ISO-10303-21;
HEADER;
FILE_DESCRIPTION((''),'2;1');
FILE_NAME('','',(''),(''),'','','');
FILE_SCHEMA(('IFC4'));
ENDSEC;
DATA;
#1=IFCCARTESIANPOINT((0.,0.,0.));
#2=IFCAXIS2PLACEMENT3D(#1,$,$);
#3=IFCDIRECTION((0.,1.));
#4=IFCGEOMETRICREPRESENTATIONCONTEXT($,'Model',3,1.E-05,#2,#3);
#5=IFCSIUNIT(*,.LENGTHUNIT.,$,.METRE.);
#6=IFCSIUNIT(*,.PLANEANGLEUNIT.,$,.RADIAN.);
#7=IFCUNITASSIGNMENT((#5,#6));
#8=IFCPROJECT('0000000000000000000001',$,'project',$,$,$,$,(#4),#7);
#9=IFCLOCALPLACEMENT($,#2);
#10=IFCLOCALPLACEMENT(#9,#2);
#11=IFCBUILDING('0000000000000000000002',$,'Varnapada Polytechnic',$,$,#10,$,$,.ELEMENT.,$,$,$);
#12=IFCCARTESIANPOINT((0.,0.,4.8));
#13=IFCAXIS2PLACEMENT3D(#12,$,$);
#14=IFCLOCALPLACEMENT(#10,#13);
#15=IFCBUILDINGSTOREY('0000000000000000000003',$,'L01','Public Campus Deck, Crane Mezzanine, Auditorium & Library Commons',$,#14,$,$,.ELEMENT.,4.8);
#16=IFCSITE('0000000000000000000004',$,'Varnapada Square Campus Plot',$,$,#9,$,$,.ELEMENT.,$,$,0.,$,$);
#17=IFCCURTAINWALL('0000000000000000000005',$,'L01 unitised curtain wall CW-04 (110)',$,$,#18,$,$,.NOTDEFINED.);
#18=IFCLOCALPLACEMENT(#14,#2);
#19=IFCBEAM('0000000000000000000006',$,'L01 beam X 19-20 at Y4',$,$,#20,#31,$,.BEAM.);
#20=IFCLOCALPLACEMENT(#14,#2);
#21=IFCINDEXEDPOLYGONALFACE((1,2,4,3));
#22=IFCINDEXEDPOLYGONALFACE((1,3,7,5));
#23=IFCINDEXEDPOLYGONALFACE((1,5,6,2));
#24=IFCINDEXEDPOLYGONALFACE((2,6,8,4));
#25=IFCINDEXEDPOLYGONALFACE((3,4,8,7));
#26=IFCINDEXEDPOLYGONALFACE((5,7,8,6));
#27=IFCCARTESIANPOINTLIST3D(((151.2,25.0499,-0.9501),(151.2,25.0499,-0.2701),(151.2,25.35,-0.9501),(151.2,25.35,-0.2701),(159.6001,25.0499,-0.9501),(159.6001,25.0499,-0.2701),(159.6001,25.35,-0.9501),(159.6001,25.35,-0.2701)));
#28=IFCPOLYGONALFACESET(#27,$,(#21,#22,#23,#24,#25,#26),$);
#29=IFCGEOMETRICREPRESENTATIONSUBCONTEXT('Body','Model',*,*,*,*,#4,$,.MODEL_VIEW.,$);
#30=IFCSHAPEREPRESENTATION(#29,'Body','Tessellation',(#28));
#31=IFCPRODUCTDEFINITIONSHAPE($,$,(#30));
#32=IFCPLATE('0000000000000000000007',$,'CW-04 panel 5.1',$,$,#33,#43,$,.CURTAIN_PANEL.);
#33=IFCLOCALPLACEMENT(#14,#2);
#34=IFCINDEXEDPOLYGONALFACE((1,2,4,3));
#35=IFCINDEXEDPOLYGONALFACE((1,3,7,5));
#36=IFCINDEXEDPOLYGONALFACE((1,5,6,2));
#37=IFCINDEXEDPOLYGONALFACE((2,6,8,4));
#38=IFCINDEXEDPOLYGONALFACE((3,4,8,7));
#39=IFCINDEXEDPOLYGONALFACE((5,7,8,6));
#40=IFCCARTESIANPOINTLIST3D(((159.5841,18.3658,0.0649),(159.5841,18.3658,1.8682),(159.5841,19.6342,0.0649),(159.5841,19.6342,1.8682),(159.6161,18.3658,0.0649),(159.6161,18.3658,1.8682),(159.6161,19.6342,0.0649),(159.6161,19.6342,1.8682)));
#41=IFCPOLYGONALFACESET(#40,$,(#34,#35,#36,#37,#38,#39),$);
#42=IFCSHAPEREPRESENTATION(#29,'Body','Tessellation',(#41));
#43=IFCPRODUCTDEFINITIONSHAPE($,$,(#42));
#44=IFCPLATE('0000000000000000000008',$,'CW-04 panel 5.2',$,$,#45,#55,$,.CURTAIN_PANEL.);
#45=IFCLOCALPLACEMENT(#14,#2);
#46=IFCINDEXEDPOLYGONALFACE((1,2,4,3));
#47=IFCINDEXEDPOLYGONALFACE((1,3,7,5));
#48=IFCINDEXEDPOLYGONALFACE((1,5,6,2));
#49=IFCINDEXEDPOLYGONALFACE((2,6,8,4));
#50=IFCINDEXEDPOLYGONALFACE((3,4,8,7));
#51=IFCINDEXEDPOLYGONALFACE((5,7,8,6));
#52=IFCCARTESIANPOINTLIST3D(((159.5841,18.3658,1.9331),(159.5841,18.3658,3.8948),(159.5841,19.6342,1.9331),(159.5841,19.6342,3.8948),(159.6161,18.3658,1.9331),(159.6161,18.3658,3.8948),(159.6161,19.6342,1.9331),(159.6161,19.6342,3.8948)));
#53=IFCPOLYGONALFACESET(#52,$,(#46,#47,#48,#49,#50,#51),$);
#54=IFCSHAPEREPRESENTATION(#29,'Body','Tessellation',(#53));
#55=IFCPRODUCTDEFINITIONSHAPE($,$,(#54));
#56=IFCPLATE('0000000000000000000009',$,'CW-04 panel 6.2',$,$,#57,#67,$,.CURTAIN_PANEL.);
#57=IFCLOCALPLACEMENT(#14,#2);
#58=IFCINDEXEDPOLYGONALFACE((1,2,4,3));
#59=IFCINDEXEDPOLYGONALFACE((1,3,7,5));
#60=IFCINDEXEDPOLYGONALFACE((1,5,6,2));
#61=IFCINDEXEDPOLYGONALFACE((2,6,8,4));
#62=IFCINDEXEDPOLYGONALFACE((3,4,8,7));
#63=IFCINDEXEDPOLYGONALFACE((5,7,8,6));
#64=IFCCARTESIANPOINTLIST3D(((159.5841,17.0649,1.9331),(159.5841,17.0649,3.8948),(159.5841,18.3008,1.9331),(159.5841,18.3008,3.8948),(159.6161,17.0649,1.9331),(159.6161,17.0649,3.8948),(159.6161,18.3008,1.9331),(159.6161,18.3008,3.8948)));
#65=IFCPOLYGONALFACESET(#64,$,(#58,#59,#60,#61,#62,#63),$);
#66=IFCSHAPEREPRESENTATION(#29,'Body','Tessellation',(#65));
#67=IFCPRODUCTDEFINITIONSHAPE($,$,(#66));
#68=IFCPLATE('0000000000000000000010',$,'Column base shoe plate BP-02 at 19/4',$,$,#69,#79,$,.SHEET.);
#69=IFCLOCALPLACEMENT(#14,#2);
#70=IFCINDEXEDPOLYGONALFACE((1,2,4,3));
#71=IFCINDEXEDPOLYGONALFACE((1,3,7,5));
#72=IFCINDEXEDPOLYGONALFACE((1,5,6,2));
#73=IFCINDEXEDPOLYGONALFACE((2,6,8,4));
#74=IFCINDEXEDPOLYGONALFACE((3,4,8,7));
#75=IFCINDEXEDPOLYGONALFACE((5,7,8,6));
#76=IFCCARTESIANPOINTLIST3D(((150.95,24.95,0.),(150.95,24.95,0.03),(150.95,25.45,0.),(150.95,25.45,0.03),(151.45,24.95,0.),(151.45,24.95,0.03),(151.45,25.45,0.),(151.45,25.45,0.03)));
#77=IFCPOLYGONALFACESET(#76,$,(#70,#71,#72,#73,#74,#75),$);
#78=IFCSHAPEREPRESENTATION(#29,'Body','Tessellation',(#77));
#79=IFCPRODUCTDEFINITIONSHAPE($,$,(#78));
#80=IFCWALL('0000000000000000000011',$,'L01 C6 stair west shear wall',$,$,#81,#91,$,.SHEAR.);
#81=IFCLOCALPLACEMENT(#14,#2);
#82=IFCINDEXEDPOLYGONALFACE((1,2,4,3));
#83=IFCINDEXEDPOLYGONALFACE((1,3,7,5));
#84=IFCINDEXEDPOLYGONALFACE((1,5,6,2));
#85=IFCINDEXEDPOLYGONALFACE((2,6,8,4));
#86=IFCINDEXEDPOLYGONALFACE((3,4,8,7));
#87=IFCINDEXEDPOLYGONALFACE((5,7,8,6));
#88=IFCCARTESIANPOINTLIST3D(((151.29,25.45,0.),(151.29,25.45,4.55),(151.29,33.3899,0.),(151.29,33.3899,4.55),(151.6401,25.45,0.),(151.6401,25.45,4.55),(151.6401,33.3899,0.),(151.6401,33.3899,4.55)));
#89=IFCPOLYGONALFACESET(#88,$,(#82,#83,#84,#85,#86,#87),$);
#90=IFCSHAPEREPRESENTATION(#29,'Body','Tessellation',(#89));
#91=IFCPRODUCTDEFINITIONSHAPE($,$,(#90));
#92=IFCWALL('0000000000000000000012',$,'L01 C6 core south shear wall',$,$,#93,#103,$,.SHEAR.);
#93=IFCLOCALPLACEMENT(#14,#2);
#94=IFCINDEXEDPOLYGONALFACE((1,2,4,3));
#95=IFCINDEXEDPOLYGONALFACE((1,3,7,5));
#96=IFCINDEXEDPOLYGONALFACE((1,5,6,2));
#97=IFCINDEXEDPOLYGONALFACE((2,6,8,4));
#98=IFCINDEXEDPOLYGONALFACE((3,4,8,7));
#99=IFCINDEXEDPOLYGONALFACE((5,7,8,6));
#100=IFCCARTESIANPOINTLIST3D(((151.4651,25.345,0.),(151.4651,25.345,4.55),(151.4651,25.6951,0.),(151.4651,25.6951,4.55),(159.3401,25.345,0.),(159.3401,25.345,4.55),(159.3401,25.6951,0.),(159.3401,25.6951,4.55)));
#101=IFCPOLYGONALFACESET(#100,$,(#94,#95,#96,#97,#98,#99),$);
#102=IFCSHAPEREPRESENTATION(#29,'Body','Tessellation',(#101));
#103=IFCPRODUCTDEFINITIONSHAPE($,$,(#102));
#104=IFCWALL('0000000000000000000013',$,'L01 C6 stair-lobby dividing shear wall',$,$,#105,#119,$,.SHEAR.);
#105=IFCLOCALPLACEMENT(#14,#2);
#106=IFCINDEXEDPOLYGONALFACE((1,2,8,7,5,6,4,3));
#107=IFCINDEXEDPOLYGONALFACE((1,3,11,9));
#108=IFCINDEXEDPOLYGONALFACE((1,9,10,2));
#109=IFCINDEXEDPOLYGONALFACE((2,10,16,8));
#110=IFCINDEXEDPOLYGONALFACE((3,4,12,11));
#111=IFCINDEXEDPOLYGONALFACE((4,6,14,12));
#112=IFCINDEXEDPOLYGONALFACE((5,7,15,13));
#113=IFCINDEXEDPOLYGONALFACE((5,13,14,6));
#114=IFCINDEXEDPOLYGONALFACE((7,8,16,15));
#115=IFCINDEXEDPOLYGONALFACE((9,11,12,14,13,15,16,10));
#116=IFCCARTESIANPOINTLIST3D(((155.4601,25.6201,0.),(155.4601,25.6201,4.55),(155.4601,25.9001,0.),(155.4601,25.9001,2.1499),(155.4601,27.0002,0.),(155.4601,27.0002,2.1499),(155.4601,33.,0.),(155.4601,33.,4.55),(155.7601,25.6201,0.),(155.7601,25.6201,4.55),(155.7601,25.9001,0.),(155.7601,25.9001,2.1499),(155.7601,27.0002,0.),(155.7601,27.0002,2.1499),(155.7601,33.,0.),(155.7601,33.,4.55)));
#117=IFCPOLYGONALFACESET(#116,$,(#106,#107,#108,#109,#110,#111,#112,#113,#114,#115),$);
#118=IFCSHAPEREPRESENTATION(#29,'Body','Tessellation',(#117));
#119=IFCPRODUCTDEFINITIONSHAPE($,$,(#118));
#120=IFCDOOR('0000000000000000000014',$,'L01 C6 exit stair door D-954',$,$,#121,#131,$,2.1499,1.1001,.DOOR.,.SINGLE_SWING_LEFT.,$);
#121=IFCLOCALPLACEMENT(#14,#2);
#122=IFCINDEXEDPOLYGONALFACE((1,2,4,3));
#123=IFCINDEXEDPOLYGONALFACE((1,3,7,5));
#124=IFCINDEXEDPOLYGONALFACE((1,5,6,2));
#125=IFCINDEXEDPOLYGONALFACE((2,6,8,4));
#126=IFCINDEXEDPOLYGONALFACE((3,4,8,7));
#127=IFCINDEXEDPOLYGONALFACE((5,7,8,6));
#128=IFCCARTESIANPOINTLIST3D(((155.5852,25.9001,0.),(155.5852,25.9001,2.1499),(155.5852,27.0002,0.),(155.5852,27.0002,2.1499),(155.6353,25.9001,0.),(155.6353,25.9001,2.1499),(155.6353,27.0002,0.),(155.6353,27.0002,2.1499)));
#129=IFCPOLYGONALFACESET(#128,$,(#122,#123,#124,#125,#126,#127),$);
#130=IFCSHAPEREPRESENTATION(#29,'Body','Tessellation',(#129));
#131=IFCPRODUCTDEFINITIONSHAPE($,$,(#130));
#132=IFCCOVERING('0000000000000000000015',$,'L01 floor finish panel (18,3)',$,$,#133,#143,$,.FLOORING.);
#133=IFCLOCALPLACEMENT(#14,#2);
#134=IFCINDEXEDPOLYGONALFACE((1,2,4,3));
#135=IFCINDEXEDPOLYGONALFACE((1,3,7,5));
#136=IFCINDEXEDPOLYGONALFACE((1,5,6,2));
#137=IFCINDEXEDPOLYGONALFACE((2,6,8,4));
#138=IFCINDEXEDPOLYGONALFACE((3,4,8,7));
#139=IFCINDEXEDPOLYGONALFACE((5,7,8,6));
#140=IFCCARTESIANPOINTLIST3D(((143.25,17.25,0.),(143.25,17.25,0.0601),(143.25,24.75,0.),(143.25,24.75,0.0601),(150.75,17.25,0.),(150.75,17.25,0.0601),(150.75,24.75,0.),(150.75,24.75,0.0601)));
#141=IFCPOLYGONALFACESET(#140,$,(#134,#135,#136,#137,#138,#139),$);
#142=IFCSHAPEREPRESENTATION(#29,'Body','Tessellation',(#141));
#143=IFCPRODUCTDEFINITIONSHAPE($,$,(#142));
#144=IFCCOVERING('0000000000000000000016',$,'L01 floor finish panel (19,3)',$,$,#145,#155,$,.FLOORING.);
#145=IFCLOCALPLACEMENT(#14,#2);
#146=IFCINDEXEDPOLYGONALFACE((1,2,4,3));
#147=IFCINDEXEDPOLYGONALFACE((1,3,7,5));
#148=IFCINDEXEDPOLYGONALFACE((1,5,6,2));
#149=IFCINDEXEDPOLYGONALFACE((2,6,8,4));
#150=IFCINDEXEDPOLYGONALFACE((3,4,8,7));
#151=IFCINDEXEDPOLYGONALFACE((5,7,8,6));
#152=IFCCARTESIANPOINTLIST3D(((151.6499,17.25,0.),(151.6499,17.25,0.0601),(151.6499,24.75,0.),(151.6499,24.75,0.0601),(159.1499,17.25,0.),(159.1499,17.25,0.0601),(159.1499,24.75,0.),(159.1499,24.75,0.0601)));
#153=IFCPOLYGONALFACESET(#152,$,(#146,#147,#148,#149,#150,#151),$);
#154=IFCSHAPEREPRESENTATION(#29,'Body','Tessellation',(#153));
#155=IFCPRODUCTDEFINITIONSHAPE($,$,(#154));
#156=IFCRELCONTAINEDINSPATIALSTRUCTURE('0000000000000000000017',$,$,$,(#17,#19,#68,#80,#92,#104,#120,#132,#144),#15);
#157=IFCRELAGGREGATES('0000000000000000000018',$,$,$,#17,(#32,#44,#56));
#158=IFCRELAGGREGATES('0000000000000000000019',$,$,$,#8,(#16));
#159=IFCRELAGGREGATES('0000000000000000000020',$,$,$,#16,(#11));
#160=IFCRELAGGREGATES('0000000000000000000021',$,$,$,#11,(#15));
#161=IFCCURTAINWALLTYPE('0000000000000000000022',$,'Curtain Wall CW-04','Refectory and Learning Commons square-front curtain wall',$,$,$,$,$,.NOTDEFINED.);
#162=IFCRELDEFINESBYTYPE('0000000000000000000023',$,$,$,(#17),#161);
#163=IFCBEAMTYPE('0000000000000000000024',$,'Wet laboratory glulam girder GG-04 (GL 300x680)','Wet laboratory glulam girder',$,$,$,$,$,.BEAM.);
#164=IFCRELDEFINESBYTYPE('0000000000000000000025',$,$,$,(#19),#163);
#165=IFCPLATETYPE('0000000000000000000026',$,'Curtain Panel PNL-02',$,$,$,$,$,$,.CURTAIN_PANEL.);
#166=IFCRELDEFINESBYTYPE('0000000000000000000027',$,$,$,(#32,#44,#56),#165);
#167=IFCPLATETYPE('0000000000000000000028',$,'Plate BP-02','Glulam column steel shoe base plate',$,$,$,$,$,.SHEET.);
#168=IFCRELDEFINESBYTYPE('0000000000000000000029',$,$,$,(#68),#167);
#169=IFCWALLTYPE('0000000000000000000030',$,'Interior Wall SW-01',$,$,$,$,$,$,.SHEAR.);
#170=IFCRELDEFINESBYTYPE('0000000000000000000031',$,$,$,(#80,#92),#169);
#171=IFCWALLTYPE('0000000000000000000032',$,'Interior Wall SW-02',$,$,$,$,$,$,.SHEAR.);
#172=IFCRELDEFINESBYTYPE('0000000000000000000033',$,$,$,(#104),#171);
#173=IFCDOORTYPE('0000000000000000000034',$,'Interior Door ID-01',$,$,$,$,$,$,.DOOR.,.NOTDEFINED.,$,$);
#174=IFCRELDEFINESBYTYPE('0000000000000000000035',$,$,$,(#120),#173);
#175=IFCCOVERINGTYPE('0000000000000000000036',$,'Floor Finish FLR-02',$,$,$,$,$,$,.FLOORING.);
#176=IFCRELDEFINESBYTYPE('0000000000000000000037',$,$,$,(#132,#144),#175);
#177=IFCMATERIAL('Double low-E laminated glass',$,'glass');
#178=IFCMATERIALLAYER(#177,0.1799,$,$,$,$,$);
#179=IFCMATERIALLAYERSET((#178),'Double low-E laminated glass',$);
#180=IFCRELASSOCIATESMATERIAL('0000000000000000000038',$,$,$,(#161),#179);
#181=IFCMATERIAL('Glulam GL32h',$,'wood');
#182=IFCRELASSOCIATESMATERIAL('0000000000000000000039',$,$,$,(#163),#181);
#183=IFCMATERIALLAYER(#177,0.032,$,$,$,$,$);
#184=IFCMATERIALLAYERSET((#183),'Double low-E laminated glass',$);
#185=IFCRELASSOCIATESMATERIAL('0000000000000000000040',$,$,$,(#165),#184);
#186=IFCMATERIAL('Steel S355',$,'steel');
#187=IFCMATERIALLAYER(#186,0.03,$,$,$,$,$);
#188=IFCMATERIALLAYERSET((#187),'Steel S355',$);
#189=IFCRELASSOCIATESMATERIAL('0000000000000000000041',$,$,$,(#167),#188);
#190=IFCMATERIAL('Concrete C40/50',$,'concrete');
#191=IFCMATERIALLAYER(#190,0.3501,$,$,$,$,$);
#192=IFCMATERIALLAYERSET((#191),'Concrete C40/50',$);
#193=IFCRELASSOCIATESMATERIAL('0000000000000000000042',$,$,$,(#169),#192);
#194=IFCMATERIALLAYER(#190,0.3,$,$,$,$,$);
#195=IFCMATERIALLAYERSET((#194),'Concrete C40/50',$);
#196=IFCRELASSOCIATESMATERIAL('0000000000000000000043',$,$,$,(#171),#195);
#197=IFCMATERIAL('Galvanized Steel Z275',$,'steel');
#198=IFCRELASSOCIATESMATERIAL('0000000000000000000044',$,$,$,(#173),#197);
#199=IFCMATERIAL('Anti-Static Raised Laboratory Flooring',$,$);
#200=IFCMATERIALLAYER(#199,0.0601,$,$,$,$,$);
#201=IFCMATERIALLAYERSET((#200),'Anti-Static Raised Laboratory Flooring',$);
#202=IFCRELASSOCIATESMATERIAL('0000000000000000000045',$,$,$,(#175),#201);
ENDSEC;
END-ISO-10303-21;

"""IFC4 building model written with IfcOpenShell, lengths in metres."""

from ifc_helpers import new_model, si_unit, direction, frame, frame_2d, origin, origin_2d, place, context, subcontext, project, spatial, rectangle, extrude, material, layer, layer_set, material_profile, profile_set, type_object, element, fill, aggregate, save


model = new_model("IFC4")

# Units and contexts
model_context = context("Model", 3, precision=1e-05, world=origin(), true_north=direction((0.0, 1.0)))
body_context = subcontext(model_context, "Body", "Model", "MODEL_VIEW")
ifc_project = project(units=[si_unit("LENGTHUNIT", "METRE"), si_unit("PLANEANGLEUNIT", "RADIAN")], contexts=[model_context])

# Site, building, storey
site_placement = place(None, origin())
site = spatial("IfcSite", under=ifc_project, at=site_placement, Name="Varnapada Square Campus Plot", CompositionType="ELEMENT", RefElevation=0.0)
building_placement = place(site_placement, origin())
building = spatial("IfcBuilding", under=site, at=building_placement, Name="Varnapada Polytechnic", CompositionType="ELEMENT")
storey_placement = place(building_placement, frame((0.0, 0.0, 4.8)))
storey = spatial("IfcBuildingStorey", under=building, at=storey_placement, Name="L01", Description="Public Campus Deck, Crane Mezzanine, Auditorium & Library Commons", CompositionType="ELEMENT", Elevation=4.8)

# Shared definitions
ifc_material_1 = material(Name="Glulam GL32h", Category="wood")

# Curtain wall
ifc_material_2 = material(Name="Double low-E laminated glass", Category="glass")
ifc_layer_1 = layer(ifc_material_2, 0.1799)
ifc_layer_set_1 = layer_set([ifc_layer_1], Name="Double low-E laminated glass")
curtain_wall_type = type_object("IfcCurtainWallType", Name="Curtain Wall CW-04", Description="Refectory and Learning Commons square-front curtain wall", PredefinedType="NOTDEFINED", material=ifc_layer_set_1)
curtain_wall_placement = place(storey_placement, origin())
curtain_wall = element("IfcCurtainWall", 1, at=curtain_wall_placement, inside=storey, type_object=curtain_wall_type, Name="L01 unitised curtain wall CW-04 (110)", PredefinedType="NOTDEFINED")

# Shared definitions
ifc_material_3 = material(Name="Concrete C40/50", Category="concrete")

# Beam
ifc_material_profile_1 = material_profile(ifc_material_1, rectangle(XDim=0.3, YDim=0.6799, at=origin_2d()), Name="GL 300x680")
ifc_profile_set_1 = profile_set([ifc_material_profile_1], Name="Glulam GL32h")
beam_type_1 = type_object("IfcBeamType", Name="Wet laboratory glulam girder GG-04 (GL 300x680)", Description="Wet laboratory glulam girder", PredefinedType="BEAM", material=ifc_profile_set_1)
beam_1_placement = place(storey_placement, frame((151.2, 25.2, -0.6101), z_axis=(1.0, 0.0, 0.0), x_axis=(0.0, 1.0, 0.0)))
element("IfcBeam", 2, at=beam_1_placement, inside=storey, type_object=beam_type_1, Name="L01 beam X 19-20 at Y4", PredefinedType="BEAM", context=body_context, shape_type="SweptSolid", body=[
    extrude(rectangle(XDim=0.3, YDim=0.6799, at=origin_2d()), origin(), (0.0, 0.0, 1.0), 8.4001),
])

# Plates
ifc_layer_2 = layer(ifc_material_2, 0.032)
ifc_layer_set_2 = layer_set([ifc_layer_2], Name="Double low-E laminated glass")
plate_type_1 = type_object("IfcPlateType", Name="Curtain Panel PNL-02", PredefinedType="CURTAIN_PANEL", material=ifc_layer_set_2)
plate_1_placement = place(storey_placement, frame((159.6001, 19.0, 0.0649), z_axis=(0.0, 0.0, 1.0), x_axis=(0.0, -1.0, 0.0)))
plate_1 = element("IfcPlate", 3, at=plate_1_placement, type_object=plate_type_1, Name="CW-04 panel 5.1", PredefinedType="CURTAIN_PANEL", context=body_context, shape_type="SweptSolid", body=[
    extrude(rectangle(XDim=1.2683, YDim=0.032, at=origin_2d()), origin(), (0.0, 0.0, 1.0), 1.8032),
])
plate_2_placement = place(storey_placement, frame((159.6001, 19.0, 1.9331), z_axis=(0.0, 0.0, 1.0), x_axis=(0.0, -1.0, 0.0)))
plate_2 = element("IfcPlate", 4, at=plate_2_placement, type_object=plate_type_1, Name="CW-04 panel 5.2", PredefinedType="CURTAIN_PANEL", context=body_context, shape_type="SweptSolid", body=[
    extrude(rectangle(XDim=1.2683, YDim=0.032, at=origin_2d()), origin(), (0.0, 0.0, 1.0), 1.9617),
])
plate_3_placement = place(storey_placement, frame((159.6001, 17.6829, 1.9331), z_axis=(0.0, 0.0, 1.0), x_axis=(0.0, -1.0, 0.0)))
plate_3 = element("IfcPlate", 5, at=plate_3_placement, type_object=plate_type_1, Name="CW-04 panel 6.2", PredefinedType="CURTAIN_PANEL", context=body_context, shape_type="SweptSolid", body=[
    extrude(rectangle(XDim=1.2358, YDim=0.032, at=origin_2d()), origin(), (0.0, 0.0, 1.0), 1.9617),
])
aggregate(curtain_wall, [plate_1, plate_2, plate_3])
ifc_material_4 = material(Name="Steel S355", Category="steel")
ifc_layer_3 = layer(ifc_material_4, 0.03)
ifc_layer_set_3 = layer_set([ifc_layer_3], Name="Steel S355")
plate_type_2 = type_object("IfcPlateType", Name="Plate BP-02", Description="Glulam column steel shoe base plate", PredefinedType="SHEET", material=ifc_layer_set_3)
plate_4_placement = place(storey_placement, frame((151.2, 25.2, 0.0), z_axis=(0.0, 0.0, 1.0), x_axis=(1.0, 0.0, 0.0)))
element("IfcPlate", 6, at=plate_4_placement, inside=storey, type_object=plate_type_2, Name="Column base shoe plate BP-02 at 19/4", PredefinedType="SHEET", context=body_context, shape_type="SweptSolid", body=[
    extrude(rectangle(XDim=0.5, YDim=0.5, at=origin_2d()), origin(), (0.0, 0.0, 1.0), 0.03),
])

# Walls
ifc_layer_4 = layer(ifc_material_3, 0.3501)
ifc_layer_set_4 = layer_set([ifc_layer_4], Name="Concrete C40/50")
wall_type_1 = type_object("IfcWallType", Name="Interior Wall SW-01", PredefinedType="SHEAR", material=ifc_layer_set_4)
wall_1_placement = place(storey_placement, frame((151.4651, 25.45, 0.0), z_axis=(0.0, 0.0, 1.0), x_axis=(0.0, 1.0, 0.0)))
element("IfcWall", 7, at=wall_1_placement, inside=storey, type_object=wall_type_1, Name="L01 C6 stair west shear wall", PredefinedType="SHEAR", context=body_context, shape_type="SweptSolid", body=[
    extrude(rectangle(XDim=7.9399, YDim=0.3501, at=frame_2d((3.97, 0.0))), origin(), (0.0, 0.0, 1.0), 4.55),
])
wall_2_placement = place(storey_placement, frame((159.3401, 25.52, 0.0), z_axis=(0.0, 0.0, 1.0), x_axis=(-1.0, 0.0, 0.0)))
element("IfcWall", 8, at=wall_2_placement, inside=storey, type_object=wall_type_1, Name="L01 C6 core south shear wall", PredefinedType="SHEAR", context=body_context, shape_type="SweptSolid", body=[
    extrude(rectangle(XDim=7.875, YDim=0.3501, at=frame_2d((3.9375, 0.0))), origin(), (0.0, 0.0, 1.0), 4.55),
])

# Wall, opening, door
ifc_layer_5 = layer(ifc_material_3, 0.3)
ifc_layer_set_5 = layer_set([ifc_layer_5], Name="Concrete C40/50")
wall_type_2 = type_object("IfcWallType", Name="Interior Wall SW-02", PredefinedType="SHEAR", material=ifc_layer_set_5)
wall_3_placement = place(storey_placement, frame((155.6101, 25.6201, 0.0), z_axis=(0.0, 0.0, 1.0), x_axis=(0.0, 1.0, 0.0)))
wall_3 = element("IfcWall", 9, at=wall_3_placement, inside=storey, type_object=wall_type_2, Name="L01 C6 stair-lobby dividing shear wall", PredefinedType="SHEAR", context=body_context, shape_type="SweptSolid", body=[
    extrude(rectangle(XDim=7.3799, YDim=0.3, at=frame_2d((3.6899, 0.0))), origin(), (0.0, 0.0, 1.0), 4.55),
])
opening_placement = place(wall_3_placement, frame((0.28, 0.0, 0.0)))
opening = element("IfcOpeningElement", 10, at=opening_placement, cuts=wall_3, PredefinedType="OPENING", context=body_context, shape_type="SweptSolid", body=[
    extrude(rectangle(XDim=1.1001, YDim=2.1499, at=frame_2d((0.55, 1.075))), frame((0.0, 0.1599, 0.0), z_axis=(0.0, -1.0, 0.0), x_axis=(1.0, 0.0, 0.0)), (0.0, 0.0, 1.0), 0.3201),
])
ifc_material_5 = material(Name="Galvanized Steel Z275", Category="steel")
door_type = type_object("IfcDoorType", Name="Interior Door ID-01", OperationType="NOTDEFINED", PredefinedType="DOOR", material=ifc_material_5)
door_placement = place(opening_placement, origin())
door = element("IfcDoor", 11, at=door_placement, inside=storey, type_object=door_type, Name="L01 C6 exit stair door D-954", OperationType="SINGLE_SWING_LEFT", OverallHeight=2.1499, OverallWidth=1.1001, PredefinedType="DOOR", context=body_context, shape_type="SweptSolid", body=[
    extrude(rectangle(XDim=1.1001, YDim=2.1499, at=frame_2d((0.55, 1.075))), frame((0.0, 0.0249, 0.0), z_axis=(0.0, -1.0, 0.0), x_axis=(1.0, 0.0, 0.0)), (0.0, 0.0, 1.0), 0.05),
])
fill(opening, door)

# Coverings
ifc_material_6 = material(Name="Anti-Static Raised Laboratory Flooring")
ifc_layer_6 = layer(ifc_material_6, 0.0601)
ifc_layer_set_6 = layer_set([ifc_layer_6], Name="Anti-Static Raised Laboratory Flooring")
covering_type = type_object("IfcCoveringType", Name="Floor Finish FLR-02", PredefinedType="FLOORING", material=ifc_layer_set_6)
for number, where, z_axis, x_axis, name in (
    (12, (147.0, 21.0, 0.0), (0.0, 0.0, 1.0), (1.0, 0.0, 0.0), "L01 floor finish panel (18,3)"),
    (13, (155.3999, 21.0, 0.0), (0.0, 0.0, 1.0), (1.0, 0.0, 0.0), "L01 floor finish panel (19,3)"),
):
    element("IfcCovering", number, at=place(storey_placement, frame(where, z_axis=z_axis, x_axis=x_axis)), inside=storey, type_object=covering_type, Name=name, PredefinedType="FLOORING", context=body_context, shape_type="SweptSolid", body=[
        extrude(rectangle(XDim=7.5, YDim=7.5, at=origin_2d()), origin(), (0.0, 0.0, 1.0), 0.0601),
    ])

save(model, "model.ifc")
